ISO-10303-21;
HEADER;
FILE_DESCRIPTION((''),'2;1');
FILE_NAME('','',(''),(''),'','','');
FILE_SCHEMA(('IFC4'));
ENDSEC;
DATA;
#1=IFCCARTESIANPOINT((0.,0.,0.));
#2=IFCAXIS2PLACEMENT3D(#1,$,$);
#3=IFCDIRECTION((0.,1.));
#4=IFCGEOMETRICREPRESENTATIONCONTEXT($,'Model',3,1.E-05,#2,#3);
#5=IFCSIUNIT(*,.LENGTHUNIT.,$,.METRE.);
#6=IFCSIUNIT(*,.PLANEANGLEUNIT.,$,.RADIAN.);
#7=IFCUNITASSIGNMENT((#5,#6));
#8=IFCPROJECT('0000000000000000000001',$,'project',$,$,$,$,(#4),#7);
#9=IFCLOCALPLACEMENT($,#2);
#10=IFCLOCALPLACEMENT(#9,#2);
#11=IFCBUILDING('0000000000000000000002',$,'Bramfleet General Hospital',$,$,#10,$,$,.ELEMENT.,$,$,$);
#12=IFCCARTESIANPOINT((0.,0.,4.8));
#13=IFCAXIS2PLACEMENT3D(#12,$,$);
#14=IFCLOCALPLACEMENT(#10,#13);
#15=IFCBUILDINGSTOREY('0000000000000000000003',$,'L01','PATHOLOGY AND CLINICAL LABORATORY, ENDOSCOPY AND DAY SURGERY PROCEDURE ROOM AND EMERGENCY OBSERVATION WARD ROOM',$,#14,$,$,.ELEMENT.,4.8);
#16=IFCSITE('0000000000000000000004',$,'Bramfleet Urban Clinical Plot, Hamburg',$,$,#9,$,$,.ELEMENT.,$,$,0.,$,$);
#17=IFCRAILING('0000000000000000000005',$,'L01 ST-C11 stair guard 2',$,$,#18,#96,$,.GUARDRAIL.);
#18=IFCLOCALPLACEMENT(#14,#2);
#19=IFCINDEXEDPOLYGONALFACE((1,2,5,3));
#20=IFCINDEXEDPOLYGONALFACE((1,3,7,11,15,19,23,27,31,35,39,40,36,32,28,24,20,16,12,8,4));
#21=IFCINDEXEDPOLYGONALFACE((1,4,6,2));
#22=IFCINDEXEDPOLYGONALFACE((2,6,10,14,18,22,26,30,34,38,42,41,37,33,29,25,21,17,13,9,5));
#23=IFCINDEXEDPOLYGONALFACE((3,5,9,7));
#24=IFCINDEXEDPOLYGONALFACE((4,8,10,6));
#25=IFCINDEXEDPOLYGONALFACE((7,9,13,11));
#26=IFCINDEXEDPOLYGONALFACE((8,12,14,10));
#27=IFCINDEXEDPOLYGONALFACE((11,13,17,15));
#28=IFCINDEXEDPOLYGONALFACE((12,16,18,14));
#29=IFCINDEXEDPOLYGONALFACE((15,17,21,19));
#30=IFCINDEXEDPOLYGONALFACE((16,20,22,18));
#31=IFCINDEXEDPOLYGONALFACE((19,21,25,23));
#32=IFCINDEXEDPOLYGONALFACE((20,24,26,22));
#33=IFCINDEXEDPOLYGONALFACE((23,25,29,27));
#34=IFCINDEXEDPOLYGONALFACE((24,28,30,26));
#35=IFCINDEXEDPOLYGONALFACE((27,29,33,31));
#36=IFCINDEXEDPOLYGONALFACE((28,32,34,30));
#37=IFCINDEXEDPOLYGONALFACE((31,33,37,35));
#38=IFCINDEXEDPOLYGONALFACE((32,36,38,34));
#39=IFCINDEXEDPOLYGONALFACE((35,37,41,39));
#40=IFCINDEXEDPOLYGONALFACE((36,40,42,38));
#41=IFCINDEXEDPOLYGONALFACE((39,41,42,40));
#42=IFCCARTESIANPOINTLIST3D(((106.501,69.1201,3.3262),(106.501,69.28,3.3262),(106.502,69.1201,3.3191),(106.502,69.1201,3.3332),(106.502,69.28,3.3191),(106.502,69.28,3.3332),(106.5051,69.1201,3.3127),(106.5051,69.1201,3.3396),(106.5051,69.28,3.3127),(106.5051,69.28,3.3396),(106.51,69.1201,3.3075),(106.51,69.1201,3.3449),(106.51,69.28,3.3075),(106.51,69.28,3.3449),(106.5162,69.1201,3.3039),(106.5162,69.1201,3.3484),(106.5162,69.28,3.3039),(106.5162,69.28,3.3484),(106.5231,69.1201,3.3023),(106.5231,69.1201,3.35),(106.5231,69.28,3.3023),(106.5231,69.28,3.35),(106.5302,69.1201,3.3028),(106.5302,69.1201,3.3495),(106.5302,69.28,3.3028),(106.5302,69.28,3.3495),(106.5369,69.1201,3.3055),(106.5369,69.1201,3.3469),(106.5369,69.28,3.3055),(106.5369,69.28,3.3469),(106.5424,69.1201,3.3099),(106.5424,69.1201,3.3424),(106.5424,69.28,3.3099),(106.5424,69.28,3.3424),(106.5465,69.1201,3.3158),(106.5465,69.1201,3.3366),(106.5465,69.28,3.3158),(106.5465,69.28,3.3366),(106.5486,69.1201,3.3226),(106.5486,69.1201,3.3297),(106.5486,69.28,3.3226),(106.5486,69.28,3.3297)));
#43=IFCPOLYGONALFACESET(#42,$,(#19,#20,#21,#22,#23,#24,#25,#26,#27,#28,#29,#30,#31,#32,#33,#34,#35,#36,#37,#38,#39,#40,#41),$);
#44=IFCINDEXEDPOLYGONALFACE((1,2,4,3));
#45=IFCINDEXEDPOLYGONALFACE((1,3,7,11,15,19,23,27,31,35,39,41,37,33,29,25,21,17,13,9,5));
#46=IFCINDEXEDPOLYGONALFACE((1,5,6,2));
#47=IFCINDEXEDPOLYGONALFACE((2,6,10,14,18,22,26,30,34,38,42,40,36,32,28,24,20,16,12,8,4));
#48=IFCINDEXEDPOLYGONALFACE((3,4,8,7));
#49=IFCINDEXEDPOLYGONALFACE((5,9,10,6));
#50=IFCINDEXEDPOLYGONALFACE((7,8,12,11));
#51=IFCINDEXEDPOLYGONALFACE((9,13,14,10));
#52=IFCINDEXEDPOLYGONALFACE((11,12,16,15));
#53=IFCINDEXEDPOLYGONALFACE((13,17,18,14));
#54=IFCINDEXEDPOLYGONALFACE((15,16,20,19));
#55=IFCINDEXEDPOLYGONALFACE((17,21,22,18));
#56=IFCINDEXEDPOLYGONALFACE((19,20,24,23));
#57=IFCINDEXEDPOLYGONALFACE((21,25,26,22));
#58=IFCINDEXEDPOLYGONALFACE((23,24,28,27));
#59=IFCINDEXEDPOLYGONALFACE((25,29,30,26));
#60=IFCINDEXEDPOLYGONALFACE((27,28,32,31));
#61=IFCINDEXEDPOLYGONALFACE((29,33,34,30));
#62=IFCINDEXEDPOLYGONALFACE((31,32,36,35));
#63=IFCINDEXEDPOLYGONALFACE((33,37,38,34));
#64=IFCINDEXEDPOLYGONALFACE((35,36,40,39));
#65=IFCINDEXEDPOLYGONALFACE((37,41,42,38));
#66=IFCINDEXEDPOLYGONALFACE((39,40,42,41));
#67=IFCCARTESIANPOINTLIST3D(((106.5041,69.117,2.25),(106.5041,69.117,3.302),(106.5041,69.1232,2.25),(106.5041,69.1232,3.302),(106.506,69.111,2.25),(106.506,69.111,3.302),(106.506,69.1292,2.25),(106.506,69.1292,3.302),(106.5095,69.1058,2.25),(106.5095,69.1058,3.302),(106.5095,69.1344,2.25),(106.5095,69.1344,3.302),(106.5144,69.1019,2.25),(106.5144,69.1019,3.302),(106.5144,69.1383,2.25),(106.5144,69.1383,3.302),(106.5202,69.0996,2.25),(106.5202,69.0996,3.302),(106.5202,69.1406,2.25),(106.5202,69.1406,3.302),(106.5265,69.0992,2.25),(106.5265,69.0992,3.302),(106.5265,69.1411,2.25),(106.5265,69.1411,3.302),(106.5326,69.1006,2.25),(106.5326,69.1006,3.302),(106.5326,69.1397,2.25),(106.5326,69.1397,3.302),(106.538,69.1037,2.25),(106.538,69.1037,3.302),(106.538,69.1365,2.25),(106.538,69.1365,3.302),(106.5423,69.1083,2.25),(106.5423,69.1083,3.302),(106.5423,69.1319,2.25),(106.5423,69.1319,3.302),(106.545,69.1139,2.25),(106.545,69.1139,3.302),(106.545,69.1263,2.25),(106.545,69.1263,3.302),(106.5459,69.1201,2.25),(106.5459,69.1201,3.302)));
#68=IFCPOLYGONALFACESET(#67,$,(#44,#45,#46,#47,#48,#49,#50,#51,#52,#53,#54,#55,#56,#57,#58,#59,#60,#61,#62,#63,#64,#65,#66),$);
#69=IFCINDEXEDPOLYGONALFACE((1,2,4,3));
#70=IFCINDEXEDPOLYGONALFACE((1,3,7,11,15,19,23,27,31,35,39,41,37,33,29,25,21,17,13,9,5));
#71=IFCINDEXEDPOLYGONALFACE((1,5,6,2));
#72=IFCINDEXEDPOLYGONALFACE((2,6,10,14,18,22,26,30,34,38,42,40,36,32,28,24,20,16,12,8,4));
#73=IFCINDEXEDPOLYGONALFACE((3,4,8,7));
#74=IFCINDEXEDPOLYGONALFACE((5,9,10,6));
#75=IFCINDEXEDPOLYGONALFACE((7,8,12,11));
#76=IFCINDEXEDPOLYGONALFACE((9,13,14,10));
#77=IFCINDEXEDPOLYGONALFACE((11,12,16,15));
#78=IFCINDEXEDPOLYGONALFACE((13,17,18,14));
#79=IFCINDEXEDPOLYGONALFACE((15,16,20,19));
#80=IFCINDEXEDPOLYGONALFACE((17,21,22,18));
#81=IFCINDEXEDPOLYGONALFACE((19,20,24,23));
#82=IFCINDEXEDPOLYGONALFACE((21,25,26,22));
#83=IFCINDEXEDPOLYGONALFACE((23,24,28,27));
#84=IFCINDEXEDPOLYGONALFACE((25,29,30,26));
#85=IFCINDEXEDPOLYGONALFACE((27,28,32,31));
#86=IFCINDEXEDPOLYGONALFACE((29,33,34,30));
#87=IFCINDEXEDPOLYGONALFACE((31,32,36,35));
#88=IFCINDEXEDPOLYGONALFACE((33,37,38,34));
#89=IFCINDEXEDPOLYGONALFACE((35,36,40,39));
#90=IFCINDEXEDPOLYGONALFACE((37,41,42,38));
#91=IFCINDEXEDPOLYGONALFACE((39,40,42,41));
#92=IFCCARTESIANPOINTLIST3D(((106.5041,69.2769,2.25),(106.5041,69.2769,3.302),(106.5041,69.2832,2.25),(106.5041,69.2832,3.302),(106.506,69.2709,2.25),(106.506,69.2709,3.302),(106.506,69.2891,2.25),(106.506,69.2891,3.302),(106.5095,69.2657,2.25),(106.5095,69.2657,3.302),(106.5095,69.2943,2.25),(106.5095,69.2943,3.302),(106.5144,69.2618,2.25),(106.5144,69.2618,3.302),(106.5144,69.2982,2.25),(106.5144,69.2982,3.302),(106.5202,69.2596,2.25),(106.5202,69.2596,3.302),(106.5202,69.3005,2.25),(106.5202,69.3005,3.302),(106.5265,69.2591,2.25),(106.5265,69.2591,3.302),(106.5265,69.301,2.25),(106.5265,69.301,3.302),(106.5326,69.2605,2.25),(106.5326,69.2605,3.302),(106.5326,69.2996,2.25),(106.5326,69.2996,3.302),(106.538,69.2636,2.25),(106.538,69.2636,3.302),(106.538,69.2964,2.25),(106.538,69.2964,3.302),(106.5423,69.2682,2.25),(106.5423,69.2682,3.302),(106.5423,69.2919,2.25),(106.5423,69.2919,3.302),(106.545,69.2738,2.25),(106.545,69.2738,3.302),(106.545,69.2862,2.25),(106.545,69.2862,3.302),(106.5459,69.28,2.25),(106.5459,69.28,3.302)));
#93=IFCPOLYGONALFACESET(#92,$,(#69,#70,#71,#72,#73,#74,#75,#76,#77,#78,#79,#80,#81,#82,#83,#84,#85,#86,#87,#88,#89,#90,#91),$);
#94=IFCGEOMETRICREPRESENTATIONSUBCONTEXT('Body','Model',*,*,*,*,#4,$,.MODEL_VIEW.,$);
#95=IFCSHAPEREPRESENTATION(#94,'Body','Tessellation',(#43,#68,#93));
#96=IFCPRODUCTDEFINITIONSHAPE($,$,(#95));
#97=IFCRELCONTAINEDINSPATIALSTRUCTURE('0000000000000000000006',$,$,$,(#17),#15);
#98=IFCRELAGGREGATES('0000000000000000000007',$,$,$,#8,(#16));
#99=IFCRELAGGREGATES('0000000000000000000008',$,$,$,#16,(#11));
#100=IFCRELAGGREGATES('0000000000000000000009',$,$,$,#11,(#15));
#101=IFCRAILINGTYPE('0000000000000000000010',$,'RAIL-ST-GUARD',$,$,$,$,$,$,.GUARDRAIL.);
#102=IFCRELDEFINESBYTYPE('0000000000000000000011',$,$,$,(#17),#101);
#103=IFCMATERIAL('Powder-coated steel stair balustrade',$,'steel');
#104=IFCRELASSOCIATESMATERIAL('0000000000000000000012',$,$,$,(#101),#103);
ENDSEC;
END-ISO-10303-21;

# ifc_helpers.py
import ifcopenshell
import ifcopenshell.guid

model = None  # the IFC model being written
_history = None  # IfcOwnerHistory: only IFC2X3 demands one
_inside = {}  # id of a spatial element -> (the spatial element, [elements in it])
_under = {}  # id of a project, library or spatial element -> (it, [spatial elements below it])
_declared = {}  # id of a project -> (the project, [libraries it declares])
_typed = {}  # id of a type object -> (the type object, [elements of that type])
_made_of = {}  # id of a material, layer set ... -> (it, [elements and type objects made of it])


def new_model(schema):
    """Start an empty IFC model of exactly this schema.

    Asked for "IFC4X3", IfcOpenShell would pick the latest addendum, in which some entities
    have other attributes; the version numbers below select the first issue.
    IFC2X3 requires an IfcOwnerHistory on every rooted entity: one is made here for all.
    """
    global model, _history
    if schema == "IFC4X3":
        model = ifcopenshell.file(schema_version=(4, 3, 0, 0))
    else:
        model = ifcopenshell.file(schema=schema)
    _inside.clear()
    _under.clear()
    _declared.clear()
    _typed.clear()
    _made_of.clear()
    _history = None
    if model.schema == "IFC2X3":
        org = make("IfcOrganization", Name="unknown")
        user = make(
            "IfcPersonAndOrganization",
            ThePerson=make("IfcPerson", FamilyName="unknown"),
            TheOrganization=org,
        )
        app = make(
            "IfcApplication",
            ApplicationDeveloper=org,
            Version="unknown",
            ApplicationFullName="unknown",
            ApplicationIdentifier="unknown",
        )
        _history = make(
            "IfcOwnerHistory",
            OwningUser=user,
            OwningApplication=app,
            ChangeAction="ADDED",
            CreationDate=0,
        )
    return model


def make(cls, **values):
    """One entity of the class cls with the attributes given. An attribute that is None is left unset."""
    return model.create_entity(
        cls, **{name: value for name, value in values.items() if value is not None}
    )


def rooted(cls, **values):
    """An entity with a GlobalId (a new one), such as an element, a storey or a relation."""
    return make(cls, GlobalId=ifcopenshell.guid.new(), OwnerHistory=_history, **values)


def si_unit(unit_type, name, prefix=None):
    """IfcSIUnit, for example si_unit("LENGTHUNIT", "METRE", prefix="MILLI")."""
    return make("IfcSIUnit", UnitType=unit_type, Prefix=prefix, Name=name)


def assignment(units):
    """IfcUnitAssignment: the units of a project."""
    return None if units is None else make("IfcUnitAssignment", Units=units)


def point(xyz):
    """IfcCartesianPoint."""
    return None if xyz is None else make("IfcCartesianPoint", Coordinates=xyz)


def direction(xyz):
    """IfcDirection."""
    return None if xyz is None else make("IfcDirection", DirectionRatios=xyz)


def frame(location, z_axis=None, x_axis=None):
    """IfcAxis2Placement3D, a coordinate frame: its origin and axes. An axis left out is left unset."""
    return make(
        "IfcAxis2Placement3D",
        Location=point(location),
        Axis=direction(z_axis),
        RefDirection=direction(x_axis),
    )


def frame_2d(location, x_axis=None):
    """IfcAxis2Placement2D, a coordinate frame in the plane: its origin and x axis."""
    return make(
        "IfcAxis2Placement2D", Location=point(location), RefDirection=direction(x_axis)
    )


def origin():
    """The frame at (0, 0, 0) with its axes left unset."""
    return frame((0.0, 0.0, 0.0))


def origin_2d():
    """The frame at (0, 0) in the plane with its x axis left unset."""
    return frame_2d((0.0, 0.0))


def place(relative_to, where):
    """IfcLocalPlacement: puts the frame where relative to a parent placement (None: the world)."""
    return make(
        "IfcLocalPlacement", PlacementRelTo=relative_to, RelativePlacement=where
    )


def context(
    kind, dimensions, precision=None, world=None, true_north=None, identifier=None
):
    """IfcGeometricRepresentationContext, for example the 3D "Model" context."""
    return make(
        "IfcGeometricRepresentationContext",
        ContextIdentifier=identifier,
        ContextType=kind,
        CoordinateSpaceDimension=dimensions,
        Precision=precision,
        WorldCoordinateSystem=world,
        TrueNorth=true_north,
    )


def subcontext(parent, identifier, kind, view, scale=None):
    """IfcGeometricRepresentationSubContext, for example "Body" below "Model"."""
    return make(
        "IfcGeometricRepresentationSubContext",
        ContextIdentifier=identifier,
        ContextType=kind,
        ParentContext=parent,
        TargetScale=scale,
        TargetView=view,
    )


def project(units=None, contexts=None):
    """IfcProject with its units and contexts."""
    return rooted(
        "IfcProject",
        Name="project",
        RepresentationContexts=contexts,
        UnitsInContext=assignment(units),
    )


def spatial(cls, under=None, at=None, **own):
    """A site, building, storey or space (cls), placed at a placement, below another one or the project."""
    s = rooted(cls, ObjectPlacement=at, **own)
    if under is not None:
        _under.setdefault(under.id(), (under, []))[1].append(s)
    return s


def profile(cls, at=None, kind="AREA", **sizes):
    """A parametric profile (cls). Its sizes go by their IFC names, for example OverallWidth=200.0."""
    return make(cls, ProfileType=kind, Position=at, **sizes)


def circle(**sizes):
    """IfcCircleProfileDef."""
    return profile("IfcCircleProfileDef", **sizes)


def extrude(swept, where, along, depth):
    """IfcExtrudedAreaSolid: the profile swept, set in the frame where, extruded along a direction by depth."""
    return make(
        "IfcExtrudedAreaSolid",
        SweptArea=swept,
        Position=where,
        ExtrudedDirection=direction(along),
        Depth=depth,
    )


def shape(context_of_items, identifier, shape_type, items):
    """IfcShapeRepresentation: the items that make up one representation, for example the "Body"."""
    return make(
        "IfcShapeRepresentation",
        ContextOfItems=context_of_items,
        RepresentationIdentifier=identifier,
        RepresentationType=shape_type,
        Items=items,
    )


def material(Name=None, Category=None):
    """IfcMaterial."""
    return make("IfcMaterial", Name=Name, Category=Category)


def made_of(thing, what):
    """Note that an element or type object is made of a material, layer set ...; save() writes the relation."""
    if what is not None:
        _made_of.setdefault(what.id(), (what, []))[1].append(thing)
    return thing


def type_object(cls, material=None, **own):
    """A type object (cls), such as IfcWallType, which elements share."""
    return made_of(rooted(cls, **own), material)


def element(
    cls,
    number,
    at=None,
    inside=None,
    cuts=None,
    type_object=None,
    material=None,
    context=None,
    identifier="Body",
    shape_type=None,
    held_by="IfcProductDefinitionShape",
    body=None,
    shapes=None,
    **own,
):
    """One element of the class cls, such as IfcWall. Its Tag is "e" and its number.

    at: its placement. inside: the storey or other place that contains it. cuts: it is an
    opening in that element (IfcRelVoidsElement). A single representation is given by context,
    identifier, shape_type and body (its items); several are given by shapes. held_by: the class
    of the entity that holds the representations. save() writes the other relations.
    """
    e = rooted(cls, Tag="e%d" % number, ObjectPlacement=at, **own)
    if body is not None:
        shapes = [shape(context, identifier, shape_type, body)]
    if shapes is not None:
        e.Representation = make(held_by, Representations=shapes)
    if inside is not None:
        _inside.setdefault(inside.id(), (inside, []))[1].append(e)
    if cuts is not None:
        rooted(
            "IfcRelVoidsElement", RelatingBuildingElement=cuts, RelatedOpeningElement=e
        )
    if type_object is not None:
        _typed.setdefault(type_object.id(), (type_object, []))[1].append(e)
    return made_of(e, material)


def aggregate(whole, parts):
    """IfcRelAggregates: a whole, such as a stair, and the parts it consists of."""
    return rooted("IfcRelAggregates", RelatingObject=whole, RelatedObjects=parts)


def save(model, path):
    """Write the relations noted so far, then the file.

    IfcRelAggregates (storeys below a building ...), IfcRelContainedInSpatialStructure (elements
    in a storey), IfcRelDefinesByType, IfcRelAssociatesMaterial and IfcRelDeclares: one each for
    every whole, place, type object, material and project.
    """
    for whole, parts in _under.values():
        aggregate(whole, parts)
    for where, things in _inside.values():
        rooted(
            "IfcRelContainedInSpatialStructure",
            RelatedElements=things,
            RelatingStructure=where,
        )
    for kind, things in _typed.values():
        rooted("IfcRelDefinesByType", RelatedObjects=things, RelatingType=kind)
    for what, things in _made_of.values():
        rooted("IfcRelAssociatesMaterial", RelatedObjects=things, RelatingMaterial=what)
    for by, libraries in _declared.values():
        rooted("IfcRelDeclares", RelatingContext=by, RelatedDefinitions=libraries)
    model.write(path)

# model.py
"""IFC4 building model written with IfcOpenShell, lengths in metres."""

from ifc_helpers import new_model, si_unit, direction, frame, origin, origin_2d, place, context, subcontext, project, spatial, circle, extrude, material, type_object, element, save


model = new_model("IFC4")

# Units and contexts
model_context = context("Model", 3, precision=1e-05, world=origin(), true_north=direction((0.0, 1.0)))
body_context = subcontext(model_context, "Body", "Model", "MODEL_VIEW")
ifc_project = project(units=[si_unit("LENGTHUNIT", "METRE"), si_unit("PLANEANGLEUNIT", "RADIAN")], contexts=[model_context])

# Site, building, storey
site_placement = place(None, origin())
site = spatial("IfcSite", under=ifc_project, at=site_placement, Name="Bramfleet Urban Clinical Plot, Hamburg", CompositionType="ELEMENT", RefElevation=0.0)
building_placement = place(site_placement, origin())
building = spatial("IfcBuilding", under=site, at=building_placement, Name="Bramfleet General Hospital", CompositionType="ELEMENT")
storey_placement = place(building_placement, frame((0.0, 0.0, 4.8)))
storey = spatial("IfcBuildingStorey", under=building, at=storey_placement, Name="L01", Description="PATHOLOGY AND CLINICAL LABORATORY, ENDOSCOPY AND DAY SURGERY PROCEDURE ROOM AND EMERGENCY OBSERVATION WARD ROOM", CompositionType="ELEMENT", Elevation=4.8)

# Railing
ifc_material_1 = material(Name="Powder-coated steel stair balustrade", Category="steel")
railing_type_1 = type_object("IfcRailingType", Name="RAIL-ST-GUARD", PredefinedType="GUARDRAIL", material=ifc_material_1)
railing_1_placement = place(storey_placement, frame((106.5249, 69.1201, 2.25)))
element("IfcRailing", 1, at=railing_1_placement, inside=storey, type_object=railing_type_1, Name="L01 ST-C11 stair guard 2", PredefinedType="GUARDRAIL", context=body_context, shape_type="SweptSolid", body=[
    extrude(circle(Radius=0.0239, at=origin_2d()), frame((0.0, 0.0, 1.0762), z_axis=(0.0, 1.0, 0.0), x_axis=(-1.0, 0.0, 0.0)), (0.0, 0.0, 1.0), 0.1599),
    extrude(circle(Radius=0.021, at=origin_2d()), origin(), (0.0, 0.0, 1.0), 1.052),
    extrude(circle(Radius=0.021, at=origin_2d()), frame((0.0, 0.1599, 0.0)), (0.0, 0.0, 1.0), 1.052),
])

save(model, "model.ifc")
